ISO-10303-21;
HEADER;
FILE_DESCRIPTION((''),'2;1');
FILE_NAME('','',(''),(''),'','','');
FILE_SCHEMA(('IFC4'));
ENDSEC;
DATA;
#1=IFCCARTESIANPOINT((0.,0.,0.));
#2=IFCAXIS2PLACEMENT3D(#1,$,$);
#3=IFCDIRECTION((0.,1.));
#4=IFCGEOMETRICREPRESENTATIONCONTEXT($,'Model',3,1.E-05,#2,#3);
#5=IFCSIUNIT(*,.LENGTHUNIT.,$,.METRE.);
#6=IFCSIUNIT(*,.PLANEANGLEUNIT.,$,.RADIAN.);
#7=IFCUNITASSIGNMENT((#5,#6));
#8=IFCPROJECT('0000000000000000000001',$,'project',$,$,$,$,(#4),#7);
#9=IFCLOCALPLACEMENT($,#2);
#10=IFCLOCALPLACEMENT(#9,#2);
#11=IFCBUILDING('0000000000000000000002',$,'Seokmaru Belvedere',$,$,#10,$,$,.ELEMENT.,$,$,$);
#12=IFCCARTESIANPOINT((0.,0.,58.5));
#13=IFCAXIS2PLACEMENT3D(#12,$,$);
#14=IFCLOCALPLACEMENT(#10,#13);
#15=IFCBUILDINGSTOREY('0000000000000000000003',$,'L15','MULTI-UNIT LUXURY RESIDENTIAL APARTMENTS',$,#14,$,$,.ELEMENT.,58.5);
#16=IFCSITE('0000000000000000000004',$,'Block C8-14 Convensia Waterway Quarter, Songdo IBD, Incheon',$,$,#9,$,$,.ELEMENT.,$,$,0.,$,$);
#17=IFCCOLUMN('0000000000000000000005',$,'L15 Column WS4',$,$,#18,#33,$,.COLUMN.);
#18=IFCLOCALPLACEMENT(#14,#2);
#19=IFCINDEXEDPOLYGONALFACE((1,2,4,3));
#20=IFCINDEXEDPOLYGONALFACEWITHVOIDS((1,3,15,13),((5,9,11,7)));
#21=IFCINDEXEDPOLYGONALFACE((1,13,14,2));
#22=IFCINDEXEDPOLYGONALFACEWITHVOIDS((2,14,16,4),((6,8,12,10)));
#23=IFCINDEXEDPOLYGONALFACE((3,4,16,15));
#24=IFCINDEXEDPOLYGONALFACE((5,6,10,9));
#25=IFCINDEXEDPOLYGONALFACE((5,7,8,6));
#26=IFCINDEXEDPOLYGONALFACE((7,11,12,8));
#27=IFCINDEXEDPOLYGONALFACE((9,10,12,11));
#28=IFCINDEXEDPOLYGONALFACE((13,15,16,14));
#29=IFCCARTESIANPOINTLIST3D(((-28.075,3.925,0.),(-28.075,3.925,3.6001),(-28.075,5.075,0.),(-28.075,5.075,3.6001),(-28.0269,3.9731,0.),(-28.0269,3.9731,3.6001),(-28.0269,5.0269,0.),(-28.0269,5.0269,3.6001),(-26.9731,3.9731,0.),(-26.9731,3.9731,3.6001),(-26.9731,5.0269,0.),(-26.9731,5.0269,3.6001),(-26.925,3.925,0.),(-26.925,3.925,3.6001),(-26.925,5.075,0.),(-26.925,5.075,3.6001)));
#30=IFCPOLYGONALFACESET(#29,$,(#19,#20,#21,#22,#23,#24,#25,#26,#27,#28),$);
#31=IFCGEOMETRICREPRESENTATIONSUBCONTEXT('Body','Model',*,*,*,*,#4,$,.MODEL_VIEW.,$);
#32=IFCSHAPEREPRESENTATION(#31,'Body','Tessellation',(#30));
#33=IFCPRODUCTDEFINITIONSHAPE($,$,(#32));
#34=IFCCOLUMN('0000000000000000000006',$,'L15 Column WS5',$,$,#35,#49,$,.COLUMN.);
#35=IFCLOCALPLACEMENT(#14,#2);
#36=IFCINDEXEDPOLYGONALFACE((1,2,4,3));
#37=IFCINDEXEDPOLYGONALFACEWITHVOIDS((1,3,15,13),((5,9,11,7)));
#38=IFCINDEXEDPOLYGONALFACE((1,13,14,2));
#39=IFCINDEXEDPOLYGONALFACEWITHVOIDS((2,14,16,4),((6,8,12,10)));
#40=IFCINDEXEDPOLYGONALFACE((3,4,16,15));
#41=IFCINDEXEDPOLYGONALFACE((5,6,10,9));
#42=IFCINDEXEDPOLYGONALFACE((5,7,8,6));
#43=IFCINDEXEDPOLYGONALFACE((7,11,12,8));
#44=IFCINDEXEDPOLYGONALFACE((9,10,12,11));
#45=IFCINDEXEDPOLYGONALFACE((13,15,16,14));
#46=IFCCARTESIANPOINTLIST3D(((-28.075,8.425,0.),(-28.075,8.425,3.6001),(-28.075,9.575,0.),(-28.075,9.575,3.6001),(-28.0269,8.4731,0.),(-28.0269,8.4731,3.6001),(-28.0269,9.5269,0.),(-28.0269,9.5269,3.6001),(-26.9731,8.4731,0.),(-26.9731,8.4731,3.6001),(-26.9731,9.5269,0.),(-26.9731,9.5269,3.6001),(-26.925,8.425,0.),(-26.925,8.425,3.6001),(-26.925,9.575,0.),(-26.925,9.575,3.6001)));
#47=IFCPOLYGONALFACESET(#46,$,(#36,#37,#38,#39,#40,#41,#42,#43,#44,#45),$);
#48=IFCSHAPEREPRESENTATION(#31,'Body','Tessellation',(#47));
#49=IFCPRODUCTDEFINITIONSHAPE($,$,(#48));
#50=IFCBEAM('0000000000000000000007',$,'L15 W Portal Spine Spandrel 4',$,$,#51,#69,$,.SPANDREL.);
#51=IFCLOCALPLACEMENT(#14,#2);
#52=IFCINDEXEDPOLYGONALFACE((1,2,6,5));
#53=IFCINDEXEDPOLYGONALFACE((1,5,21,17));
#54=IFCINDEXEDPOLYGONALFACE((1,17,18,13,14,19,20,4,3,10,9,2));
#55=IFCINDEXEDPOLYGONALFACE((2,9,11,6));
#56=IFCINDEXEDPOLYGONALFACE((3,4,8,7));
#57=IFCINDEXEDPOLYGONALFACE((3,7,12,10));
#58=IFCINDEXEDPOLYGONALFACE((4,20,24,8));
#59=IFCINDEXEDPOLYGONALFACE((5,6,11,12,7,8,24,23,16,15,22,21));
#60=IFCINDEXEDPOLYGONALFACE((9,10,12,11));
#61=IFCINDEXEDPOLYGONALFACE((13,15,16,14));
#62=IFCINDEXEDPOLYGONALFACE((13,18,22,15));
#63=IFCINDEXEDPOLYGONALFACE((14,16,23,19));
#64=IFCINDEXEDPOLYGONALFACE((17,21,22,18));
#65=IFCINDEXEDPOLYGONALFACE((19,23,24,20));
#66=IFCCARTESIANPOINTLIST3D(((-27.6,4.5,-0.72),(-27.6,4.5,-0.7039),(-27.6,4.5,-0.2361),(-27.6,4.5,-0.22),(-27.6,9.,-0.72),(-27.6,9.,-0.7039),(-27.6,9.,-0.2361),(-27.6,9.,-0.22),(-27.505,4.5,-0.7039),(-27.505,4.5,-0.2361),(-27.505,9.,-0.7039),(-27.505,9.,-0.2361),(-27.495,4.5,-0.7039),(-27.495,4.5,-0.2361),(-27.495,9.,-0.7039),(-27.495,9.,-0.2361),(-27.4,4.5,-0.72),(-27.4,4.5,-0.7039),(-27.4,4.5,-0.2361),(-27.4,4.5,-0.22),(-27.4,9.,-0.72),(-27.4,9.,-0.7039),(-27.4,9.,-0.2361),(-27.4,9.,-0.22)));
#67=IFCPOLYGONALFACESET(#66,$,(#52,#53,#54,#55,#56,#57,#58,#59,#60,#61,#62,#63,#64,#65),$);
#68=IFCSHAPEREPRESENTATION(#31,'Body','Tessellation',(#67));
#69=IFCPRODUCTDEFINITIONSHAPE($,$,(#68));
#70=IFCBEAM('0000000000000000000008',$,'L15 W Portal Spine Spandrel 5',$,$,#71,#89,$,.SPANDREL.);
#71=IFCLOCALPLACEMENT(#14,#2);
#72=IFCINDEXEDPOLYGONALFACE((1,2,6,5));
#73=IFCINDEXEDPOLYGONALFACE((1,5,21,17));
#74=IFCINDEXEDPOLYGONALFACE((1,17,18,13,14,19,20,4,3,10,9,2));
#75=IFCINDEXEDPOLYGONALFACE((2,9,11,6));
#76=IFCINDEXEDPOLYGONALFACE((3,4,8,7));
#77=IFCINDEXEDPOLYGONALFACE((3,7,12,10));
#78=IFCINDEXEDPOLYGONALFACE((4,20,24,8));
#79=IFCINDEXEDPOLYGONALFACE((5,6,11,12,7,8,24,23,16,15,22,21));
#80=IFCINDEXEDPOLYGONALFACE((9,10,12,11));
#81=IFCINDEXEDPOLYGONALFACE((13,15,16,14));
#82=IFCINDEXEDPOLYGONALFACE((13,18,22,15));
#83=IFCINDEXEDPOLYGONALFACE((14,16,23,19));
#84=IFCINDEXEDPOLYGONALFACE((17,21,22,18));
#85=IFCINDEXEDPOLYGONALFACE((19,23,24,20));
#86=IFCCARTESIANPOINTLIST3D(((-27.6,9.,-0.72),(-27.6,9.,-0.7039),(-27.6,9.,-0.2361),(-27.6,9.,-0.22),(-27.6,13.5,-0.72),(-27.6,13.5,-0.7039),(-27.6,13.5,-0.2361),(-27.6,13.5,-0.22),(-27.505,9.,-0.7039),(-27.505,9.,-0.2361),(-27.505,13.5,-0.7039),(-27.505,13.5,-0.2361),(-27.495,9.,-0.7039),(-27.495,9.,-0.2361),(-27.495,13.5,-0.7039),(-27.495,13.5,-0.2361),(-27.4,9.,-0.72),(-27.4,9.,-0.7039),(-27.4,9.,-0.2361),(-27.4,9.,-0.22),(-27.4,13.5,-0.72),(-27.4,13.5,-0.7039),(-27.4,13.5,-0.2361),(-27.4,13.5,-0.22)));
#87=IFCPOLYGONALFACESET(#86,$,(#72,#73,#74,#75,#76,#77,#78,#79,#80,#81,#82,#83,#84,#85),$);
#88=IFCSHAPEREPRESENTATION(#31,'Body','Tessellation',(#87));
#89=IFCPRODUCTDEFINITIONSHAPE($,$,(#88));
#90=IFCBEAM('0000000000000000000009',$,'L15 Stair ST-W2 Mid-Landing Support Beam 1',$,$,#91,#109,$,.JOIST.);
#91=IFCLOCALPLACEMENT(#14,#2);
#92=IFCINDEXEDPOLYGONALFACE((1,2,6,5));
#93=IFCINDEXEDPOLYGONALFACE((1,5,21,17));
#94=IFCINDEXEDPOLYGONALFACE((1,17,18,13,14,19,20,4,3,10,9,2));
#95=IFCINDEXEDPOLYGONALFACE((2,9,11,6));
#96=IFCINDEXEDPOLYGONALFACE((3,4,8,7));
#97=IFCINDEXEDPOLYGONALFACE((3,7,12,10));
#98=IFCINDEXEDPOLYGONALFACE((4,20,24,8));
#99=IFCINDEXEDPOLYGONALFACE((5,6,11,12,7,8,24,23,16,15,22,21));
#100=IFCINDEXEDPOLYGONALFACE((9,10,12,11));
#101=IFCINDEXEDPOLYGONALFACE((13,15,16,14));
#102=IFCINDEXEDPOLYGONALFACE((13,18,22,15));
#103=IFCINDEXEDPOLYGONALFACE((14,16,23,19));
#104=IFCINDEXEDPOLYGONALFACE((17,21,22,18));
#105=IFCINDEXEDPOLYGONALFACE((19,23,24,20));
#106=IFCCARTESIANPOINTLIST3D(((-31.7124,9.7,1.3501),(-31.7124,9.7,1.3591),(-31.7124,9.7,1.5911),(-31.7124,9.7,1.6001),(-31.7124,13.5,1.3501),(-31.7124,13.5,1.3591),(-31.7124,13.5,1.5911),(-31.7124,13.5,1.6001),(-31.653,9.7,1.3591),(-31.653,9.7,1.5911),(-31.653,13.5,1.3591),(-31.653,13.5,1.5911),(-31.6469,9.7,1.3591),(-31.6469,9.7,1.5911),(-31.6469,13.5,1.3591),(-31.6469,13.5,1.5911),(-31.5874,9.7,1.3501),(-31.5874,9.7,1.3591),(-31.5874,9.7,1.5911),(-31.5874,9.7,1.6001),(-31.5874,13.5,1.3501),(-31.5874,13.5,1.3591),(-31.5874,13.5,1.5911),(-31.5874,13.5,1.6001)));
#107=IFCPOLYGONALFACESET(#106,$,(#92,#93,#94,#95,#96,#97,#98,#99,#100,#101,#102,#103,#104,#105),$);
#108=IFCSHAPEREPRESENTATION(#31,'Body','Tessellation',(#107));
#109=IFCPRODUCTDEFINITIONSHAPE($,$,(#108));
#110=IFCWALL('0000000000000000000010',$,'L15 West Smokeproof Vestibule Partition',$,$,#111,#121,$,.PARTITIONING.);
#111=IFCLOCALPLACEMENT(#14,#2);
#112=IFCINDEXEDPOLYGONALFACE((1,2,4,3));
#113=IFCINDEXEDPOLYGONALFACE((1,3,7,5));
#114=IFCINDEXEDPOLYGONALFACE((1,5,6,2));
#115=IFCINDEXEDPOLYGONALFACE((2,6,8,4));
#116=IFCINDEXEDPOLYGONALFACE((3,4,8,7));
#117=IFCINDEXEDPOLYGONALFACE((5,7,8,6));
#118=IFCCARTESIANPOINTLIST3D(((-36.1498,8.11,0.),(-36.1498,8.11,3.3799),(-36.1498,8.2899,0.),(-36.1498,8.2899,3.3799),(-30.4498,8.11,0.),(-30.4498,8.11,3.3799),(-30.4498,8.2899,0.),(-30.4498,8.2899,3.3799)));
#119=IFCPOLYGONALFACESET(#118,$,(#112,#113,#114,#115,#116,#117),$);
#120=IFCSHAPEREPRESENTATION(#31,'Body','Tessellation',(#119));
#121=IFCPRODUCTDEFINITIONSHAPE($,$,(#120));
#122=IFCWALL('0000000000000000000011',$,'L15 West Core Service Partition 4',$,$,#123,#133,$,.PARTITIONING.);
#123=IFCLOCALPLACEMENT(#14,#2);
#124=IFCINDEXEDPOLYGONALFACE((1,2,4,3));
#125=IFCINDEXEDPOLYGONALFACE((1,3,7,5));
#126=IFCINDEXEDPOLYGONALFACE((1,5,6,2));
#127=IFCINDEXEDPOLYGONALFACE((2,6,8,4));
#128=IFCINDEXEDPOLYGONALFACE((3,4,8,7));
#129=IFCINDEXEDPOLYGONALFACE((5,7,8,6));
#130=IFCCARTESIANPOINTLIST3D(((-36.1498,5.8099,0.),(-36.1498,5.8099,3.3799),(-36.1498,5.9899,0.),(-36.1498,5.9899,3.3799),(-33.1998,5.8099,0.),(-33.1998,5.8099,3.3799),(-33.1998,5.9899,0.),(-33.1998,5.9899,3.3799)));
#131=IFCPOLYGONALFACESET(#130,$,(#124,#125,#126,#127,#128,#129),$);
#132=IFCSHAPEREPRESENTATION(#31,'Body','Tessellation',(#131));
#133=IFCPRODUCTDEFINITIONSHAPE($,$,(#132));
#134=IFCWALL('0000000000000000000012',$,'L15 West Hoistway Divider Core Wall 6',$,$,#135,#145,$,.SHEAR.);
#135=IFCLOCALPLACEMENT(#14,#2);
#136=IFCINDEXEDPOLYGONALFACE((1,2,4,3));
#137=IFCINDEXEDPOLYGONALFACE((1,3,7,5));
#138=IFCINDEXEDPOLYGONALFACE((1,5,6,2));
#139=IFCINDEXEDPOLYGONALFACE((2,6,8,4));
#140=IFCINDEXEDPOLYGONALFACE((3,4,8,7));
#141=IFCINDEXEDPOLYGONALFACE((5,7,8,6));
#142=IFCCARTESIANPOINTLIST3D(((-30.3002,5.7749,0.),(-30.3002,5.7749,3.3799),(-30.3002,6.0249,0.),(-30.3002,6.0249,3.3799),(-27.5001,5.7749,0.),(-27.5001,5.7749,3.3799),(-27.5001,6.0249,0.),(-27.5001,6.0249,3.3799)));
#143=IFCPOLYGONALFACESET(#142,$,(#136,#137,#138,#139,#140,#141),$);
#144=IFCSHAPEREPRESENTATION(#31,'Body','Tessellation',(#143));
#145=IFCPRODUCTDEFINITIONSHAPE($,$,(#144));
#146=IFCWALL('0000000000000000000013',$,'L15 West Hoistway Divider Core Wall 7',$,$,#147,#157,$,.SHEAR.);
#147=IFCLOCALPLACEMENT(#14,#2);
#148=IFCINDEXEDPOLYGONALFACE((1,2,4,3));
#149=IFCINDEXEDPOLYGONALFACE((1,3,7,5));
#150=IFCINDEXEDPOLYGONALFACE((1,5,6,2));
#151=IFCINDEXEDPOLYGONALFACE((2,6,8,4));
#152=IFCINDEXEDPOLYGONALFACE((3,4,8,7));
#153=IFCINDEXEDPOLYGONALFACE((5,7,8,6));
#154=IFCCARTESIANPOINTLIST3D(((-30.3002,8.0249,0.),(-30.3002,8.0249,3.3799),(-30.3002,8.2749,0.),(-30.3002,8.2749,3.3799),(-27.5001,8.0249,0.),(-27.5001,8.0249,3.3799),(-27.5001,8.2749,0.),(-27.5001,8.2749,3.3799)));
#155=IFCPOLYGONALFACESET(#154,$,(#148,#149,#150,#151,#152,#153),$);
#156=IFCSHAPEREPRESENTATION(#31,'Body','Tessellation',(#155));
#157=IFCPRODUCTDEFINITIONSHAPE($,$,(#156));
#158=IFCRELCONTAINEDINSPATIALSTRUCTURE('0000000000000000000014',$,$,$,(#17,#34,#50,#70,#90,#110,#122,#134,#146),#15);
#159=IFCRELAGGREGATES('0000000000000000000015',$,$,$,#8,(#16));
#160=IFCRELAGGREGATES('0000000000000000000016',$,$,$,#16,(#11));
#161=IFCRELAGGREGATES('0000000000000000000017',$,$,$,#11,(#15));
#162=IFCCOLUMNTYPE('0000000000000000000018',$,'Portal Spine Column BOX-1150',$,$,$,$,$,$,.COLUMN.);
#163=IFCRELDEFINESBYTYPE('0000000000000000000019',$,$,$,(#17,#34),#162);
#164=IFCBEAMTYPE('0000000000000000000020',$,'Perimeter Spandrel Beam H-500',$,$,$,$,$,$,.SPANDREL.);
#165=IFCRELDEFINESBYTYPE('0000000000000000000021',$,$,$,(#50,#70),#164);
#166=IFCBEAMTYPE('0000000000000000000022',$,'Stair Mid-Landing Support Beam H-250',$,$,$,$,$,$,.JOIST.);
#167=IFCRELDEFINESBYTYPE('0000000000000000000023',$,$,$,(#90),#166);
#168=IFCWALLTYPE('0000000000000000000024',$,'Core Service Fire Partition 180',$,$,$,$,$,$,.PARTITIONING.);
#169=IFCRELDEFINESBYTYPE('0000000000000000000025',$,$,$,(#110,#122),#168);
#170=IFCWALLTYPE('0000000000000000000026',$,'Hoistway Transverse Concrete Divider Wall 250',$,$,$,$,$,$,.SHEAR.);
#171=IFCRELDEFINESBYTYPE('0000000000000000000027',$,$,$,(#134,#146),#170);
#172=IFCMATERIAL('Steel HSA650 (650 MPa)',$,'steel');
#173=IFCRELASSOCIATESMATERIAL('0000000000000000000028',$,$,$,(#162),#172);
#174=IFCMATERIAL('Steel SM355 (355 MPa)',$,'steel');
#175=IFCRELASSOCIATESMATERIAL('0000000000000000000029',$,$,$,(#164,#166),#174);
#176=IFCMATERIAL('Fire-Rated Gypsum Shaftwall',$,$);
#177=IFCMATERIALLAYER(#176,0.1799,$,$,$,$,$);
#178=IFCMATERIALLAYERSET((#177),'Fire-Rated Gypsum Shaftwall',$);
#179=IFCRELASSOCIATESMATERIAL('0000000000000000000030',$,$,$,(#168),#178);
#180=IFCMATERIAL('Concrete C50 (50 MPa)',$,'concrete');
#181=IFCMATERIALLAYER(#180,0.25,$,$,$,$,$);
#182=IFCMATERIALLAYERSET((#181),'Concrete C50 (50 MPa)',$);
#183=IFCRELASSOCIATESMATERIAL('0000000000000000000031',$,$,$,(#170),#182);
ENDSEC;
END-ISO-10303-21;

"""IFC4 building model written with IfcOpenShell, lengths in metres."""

from ifc_helpers import new_model, si_unit, direction, frame, frame_2d, origin, origin_2d, place, context, subcontext, project, spatial, rectangle, hollow_rectangle, i_section, extrude, source, transform, mapped, material, layer, layer_set, material_profile, profile_set, type_object, type_shapes, element, save


model = new_model("IFC4")

# Units and contexts
model_context = context("Model", 3, precision=1e-05, world=origin(), true_north=direction((0.0, 1.0)))
body_context = subcontext(model_context, "Body", "Model", "MODEL_VIEW")
ifc_project = project(units=[si_unit("LENGTHUNIT", "METRE"), si_unit("PLANEANGLEUNIT", "RADIAN")], contexts=[model_context])

# Site, building, storey
site_placement = place(None, origin())
site = spatial("IfcSite", under=ifc_project, at=site_placement, Name="Block C8-14 Convensia Waterway Quarter, Songdo IBD, Incheon", CompositionType="ELEMENT", RefElevation=0.0)
building_placement = place(site_placement, origin())
building = spatial("IfcBuilding", under=site, at=building_placement, Name="Seokmaru Belvedere", CompositionType="ELEMENT")
storey_placement = place(building_placement, frame((0.0, 0.0, 58.5)))
storey = spatial("IfcBuildingStorey", under=building, at=storey_placement, Name="L15", Description="MULTI-UNIT LUXURY RESIDENTIAL APARTMENTS", CompositionType="ELEMENT", Elevation=58.5)

# Columns
ifc_material_1 = material(Name="Steel HSA650 (650 MPa)", Category="steel")
ifc_material_profile_1 = material_profile(ifc_material_1, hollow_rectangle(XDim=1.1499, YDim=1.1499, WallThickness=0.0481, at=origin_2d()), Name="BOX-1150x1150x48")
ifc_profile_set_1 = profile_set([ifc_material_profile_1], Name="Steel HSA650 (650 MPa)")
column_type = type_object("IfcColumnType", Name="Portal Spine Column BOX-1150", PredefinedType="COLUMN", material=ifc_profile_set_1)
shared_shape_1 = source(origin(), body_context, "Body", "SweptSolid", [
    extrude(hollow_rectangle(XDim=1.1499, YDim=1.1499, WallThickness=0.0481, at=origin_2d()), origin(), (0.0, 0.0, 1.0), 3.6001),
])
type_shapes(column_type, [shared_shape_1])
for number, where, z_axis, x_axis, name in (
    (1, (-27.5, 4.5, 0.0), (0.0, 0.0, 1.0), (1.0, 0.0, 0.0), "L15 Column WS4"),
    (2, (-27.5, 9.0, 0.0), (0.0, 0.0, 1.0), (1.0, 0.0, 0.0), "L15 Column WS5"),
):
    element("IfcColumn", number, at=place(storey_placement, frame(where, z_axis=z_axis, x_axis=x_axis)), inside=storey, type_object=column_type, Name=name, PredefinedType="COLUMN", context=body_context, shape_type="MappedRepresentation", body=[
        mapped(shared_shape_1, transform((0.0, 0.0, 0.0), scale=1.0)),
    ])

# Beams
ifc_material_2 = material(Name="Steel SM355 (355 MPa)", Category="steel")
ifc_material_profile_2 = material_profile(ifc_material_2, i_section(OverallWidth=0.2, OverallDepth=0.5, WebThickness=0.01, FlangeThickness=0.0161, at=origin_2d()), Name="H-500x200x10x16")
ifc_profile_set_2 = profile_set([ifc_material_profile_2], Name="Steel SM355 (355 MPa)")
beam_type_1 = type_object("IfcBeamType", Name="Perimeter Spandrel Beam H-500", PredefinedType="SPANDREL", material=ifc_profile_set_2)
shared_shape_2 = source(origin(), body_context, "Body", "SweptSolid", [
    extrude(i_section(OverallWidth=0.2, OverallDepth=0.5, WebThickness=0.01, FlangeThickness=0.0161, at=origin_2d()), origin(), (0.0, 0.0, 1.0), 4.5),
])
type_shapes(beam_type_1, [shared_shape_2])
for number, where, z_axis, x_axis, name in (
    (3, (-27.5, 4.5, -0.47), (0.0, 1.0, 0.0), (-1.0, 0.0, 0.0), "L15 W Portal Spine Spandrel 4"),
    (4, (-27.5, 9.0, -0.47), (0.0, 1.0, 0.0), (-1.0, 0.0, 0.0), "L15 W Portal Spine Spandrel 5"),
):
    element("IfcBeam", number, at=place(storey_placement, frame(where, z_axis=z_axis, x_axis=x_axis)), inside=storey, type_object=beam_type_1, Name=name, PredefinedType="SPANDREL", context=body_context, shape_type="MappedRepresentation", body=[
        mapped(shared_shape_2, transform((0.0, 0.0, 0.0), scale=1.0)),
    ])
ifc_material_profile_3 = material_profile(ifc_material_2, i_section(OverallWidth=0.125, OverallDepth=0.25, WebThickness=0.0061, FlangeThickness=0.009, at=origin_2d()), Name="H-250x125x6x9")
ifc_profile_set_3 = profile_set([ifc_material_profile_3], Name="Steel SM355 (355 MPa)")
beam_type_2 = type_object("IfcBeamType", Name="Stair Mid-Landing Support Beam H-250", PredefinedType="JOIST", material=ifc_profile_set_3)
shared_shape_3 = source(origin(), body_context, "Body", "SweptSolid", [
    extrude(i_section(OverallWidth=0.125, OverallDepth=0.25, WebThickness=0.0061, FlangeThickness=0.009, at=origin_2d()), origin(), (0.0, 0.0, 1.0), 3.8),
])
type_shapes(beam_type_2, [shared_shape_3])
beam_placement = place(storey_placement, frame((-31.6499, 9.7, 1.4751), z_axis=(0.0, 1.0, 0.0), x_axis=(-1.0, 0.0, 0.0)))
element("IfcBeam", 5, at=beam_placement, inside=storey, type_object=beam_type_2, Name="L15 Stair ST-W2 Mid-Landing Support Beam 1", PredefinedType="JOIST", context=body_context, shape_type="MappedRepresentation", body=[
    mapped(shared_shape_3, transform((0.0, 0.0, 0.0), scale=1.0)),
])

# Walls
ifc_material_3 = material(Name="Fire-Rated Gypsum Shaftwall")
ifc_layer_1 = layer(ifc_material_3, 0.1799)
ifc_layer_set_1 = layer_set([ifc_layer_1], Name="Fire-Rated Gypsum Shaftwall")
wall_type_1 = type_object("IfcWallType", Name="Core Service Fire Partition 180", PredefinedType="PARTITIONING", material=ifc_layer_set_1)
wall_1_placement = place(storey_placement, frame((-36.1499, 8.2, 0.0), z_axis=(0.0, 0.0, 1.0), x_axis=(1.0, 0.0, 0.0)))
element("IfcWall", 6, at=wall_1_placement, inside=storey, type_object=wall_type_1, Name="L15 West Smokeproof Vestibule Partition", PredefinedType="PARTITIONING", context=body_context, shape_type="SweptSolid", body=[
    extrude(rectangle(XDim=5.7, YDim=0.1799, at=frame_2d((2.8501, 0.0))), origin(), (0.0, 0.0, 1.0), 3.3799),
])
wall_2_placement = place(storey_placement, frame((-36.1499, 5.8999, 0.0), z_axis=(0.0, 0.0, 1.0), x_axis=(1.0, 0.0, 0.0)))
element("IfcWall", 7, at=wall_2_placement, inside=storey, type_object=wall_type_1, Name="L15 West Core Service Partition 4", PredefinedType="PARTITIONING", context=body_context, shape_type="SweptSolid", body=[
    extrude(rectangle(XDim=2.95, YDim=0.1799, at=frame_2d((1.4751, 0.0))), origin(), (0.0, 0.0, 1.0), 3.3799),
])
ifc_material_4 = material(Name="Concrete C50 (50 MPa)", Category="concrete")
ifc_layer_2 = layer(ifc_material_4, 0.25)
ifc_layer_set_2 = layer_set([ifc_layer_2], Name="Concrete C50 (50 MPa)")
wall_type_2 = type_object("IfcWallType", Name="Hoistway Transverse Concrete Divider Wall 250", PredefinedType="SHEAR", material=ifc_layer_set_2)
for number, where, z_axis, x_axis, name in (
    (8, (-30.3, 5.8999, 0.0), (0.0, 0.0, 1.0), (1.0, 0.0, 0.0), "L15 West Hoistway Divider Core Wall 6"),
    (9, (-30.3, 8.1499, 0.0), (0.0, 0.0, 1.0), (1.0, 0.0, 0.0), "L15 West Hoistway Divider Core Wall 7"),
):
    element("IfcWall", number, at=place(storey_placement, frame(where, z_axis=z_axis, x_axis=x_axis)), inside=storey, type_object=wall_type_2, Name=name, PredefinedType="SHEAR", context=body_context, shape_type="SweptSolid", body=[
        extrude(rectangle(XDim=2.8, YDim=0.25, at=frame_2d((1.3999, 0.0))), origin(), (0.0, 0.0, 1.0), 3.3799),
    ])

save(model, "model.ifc")
